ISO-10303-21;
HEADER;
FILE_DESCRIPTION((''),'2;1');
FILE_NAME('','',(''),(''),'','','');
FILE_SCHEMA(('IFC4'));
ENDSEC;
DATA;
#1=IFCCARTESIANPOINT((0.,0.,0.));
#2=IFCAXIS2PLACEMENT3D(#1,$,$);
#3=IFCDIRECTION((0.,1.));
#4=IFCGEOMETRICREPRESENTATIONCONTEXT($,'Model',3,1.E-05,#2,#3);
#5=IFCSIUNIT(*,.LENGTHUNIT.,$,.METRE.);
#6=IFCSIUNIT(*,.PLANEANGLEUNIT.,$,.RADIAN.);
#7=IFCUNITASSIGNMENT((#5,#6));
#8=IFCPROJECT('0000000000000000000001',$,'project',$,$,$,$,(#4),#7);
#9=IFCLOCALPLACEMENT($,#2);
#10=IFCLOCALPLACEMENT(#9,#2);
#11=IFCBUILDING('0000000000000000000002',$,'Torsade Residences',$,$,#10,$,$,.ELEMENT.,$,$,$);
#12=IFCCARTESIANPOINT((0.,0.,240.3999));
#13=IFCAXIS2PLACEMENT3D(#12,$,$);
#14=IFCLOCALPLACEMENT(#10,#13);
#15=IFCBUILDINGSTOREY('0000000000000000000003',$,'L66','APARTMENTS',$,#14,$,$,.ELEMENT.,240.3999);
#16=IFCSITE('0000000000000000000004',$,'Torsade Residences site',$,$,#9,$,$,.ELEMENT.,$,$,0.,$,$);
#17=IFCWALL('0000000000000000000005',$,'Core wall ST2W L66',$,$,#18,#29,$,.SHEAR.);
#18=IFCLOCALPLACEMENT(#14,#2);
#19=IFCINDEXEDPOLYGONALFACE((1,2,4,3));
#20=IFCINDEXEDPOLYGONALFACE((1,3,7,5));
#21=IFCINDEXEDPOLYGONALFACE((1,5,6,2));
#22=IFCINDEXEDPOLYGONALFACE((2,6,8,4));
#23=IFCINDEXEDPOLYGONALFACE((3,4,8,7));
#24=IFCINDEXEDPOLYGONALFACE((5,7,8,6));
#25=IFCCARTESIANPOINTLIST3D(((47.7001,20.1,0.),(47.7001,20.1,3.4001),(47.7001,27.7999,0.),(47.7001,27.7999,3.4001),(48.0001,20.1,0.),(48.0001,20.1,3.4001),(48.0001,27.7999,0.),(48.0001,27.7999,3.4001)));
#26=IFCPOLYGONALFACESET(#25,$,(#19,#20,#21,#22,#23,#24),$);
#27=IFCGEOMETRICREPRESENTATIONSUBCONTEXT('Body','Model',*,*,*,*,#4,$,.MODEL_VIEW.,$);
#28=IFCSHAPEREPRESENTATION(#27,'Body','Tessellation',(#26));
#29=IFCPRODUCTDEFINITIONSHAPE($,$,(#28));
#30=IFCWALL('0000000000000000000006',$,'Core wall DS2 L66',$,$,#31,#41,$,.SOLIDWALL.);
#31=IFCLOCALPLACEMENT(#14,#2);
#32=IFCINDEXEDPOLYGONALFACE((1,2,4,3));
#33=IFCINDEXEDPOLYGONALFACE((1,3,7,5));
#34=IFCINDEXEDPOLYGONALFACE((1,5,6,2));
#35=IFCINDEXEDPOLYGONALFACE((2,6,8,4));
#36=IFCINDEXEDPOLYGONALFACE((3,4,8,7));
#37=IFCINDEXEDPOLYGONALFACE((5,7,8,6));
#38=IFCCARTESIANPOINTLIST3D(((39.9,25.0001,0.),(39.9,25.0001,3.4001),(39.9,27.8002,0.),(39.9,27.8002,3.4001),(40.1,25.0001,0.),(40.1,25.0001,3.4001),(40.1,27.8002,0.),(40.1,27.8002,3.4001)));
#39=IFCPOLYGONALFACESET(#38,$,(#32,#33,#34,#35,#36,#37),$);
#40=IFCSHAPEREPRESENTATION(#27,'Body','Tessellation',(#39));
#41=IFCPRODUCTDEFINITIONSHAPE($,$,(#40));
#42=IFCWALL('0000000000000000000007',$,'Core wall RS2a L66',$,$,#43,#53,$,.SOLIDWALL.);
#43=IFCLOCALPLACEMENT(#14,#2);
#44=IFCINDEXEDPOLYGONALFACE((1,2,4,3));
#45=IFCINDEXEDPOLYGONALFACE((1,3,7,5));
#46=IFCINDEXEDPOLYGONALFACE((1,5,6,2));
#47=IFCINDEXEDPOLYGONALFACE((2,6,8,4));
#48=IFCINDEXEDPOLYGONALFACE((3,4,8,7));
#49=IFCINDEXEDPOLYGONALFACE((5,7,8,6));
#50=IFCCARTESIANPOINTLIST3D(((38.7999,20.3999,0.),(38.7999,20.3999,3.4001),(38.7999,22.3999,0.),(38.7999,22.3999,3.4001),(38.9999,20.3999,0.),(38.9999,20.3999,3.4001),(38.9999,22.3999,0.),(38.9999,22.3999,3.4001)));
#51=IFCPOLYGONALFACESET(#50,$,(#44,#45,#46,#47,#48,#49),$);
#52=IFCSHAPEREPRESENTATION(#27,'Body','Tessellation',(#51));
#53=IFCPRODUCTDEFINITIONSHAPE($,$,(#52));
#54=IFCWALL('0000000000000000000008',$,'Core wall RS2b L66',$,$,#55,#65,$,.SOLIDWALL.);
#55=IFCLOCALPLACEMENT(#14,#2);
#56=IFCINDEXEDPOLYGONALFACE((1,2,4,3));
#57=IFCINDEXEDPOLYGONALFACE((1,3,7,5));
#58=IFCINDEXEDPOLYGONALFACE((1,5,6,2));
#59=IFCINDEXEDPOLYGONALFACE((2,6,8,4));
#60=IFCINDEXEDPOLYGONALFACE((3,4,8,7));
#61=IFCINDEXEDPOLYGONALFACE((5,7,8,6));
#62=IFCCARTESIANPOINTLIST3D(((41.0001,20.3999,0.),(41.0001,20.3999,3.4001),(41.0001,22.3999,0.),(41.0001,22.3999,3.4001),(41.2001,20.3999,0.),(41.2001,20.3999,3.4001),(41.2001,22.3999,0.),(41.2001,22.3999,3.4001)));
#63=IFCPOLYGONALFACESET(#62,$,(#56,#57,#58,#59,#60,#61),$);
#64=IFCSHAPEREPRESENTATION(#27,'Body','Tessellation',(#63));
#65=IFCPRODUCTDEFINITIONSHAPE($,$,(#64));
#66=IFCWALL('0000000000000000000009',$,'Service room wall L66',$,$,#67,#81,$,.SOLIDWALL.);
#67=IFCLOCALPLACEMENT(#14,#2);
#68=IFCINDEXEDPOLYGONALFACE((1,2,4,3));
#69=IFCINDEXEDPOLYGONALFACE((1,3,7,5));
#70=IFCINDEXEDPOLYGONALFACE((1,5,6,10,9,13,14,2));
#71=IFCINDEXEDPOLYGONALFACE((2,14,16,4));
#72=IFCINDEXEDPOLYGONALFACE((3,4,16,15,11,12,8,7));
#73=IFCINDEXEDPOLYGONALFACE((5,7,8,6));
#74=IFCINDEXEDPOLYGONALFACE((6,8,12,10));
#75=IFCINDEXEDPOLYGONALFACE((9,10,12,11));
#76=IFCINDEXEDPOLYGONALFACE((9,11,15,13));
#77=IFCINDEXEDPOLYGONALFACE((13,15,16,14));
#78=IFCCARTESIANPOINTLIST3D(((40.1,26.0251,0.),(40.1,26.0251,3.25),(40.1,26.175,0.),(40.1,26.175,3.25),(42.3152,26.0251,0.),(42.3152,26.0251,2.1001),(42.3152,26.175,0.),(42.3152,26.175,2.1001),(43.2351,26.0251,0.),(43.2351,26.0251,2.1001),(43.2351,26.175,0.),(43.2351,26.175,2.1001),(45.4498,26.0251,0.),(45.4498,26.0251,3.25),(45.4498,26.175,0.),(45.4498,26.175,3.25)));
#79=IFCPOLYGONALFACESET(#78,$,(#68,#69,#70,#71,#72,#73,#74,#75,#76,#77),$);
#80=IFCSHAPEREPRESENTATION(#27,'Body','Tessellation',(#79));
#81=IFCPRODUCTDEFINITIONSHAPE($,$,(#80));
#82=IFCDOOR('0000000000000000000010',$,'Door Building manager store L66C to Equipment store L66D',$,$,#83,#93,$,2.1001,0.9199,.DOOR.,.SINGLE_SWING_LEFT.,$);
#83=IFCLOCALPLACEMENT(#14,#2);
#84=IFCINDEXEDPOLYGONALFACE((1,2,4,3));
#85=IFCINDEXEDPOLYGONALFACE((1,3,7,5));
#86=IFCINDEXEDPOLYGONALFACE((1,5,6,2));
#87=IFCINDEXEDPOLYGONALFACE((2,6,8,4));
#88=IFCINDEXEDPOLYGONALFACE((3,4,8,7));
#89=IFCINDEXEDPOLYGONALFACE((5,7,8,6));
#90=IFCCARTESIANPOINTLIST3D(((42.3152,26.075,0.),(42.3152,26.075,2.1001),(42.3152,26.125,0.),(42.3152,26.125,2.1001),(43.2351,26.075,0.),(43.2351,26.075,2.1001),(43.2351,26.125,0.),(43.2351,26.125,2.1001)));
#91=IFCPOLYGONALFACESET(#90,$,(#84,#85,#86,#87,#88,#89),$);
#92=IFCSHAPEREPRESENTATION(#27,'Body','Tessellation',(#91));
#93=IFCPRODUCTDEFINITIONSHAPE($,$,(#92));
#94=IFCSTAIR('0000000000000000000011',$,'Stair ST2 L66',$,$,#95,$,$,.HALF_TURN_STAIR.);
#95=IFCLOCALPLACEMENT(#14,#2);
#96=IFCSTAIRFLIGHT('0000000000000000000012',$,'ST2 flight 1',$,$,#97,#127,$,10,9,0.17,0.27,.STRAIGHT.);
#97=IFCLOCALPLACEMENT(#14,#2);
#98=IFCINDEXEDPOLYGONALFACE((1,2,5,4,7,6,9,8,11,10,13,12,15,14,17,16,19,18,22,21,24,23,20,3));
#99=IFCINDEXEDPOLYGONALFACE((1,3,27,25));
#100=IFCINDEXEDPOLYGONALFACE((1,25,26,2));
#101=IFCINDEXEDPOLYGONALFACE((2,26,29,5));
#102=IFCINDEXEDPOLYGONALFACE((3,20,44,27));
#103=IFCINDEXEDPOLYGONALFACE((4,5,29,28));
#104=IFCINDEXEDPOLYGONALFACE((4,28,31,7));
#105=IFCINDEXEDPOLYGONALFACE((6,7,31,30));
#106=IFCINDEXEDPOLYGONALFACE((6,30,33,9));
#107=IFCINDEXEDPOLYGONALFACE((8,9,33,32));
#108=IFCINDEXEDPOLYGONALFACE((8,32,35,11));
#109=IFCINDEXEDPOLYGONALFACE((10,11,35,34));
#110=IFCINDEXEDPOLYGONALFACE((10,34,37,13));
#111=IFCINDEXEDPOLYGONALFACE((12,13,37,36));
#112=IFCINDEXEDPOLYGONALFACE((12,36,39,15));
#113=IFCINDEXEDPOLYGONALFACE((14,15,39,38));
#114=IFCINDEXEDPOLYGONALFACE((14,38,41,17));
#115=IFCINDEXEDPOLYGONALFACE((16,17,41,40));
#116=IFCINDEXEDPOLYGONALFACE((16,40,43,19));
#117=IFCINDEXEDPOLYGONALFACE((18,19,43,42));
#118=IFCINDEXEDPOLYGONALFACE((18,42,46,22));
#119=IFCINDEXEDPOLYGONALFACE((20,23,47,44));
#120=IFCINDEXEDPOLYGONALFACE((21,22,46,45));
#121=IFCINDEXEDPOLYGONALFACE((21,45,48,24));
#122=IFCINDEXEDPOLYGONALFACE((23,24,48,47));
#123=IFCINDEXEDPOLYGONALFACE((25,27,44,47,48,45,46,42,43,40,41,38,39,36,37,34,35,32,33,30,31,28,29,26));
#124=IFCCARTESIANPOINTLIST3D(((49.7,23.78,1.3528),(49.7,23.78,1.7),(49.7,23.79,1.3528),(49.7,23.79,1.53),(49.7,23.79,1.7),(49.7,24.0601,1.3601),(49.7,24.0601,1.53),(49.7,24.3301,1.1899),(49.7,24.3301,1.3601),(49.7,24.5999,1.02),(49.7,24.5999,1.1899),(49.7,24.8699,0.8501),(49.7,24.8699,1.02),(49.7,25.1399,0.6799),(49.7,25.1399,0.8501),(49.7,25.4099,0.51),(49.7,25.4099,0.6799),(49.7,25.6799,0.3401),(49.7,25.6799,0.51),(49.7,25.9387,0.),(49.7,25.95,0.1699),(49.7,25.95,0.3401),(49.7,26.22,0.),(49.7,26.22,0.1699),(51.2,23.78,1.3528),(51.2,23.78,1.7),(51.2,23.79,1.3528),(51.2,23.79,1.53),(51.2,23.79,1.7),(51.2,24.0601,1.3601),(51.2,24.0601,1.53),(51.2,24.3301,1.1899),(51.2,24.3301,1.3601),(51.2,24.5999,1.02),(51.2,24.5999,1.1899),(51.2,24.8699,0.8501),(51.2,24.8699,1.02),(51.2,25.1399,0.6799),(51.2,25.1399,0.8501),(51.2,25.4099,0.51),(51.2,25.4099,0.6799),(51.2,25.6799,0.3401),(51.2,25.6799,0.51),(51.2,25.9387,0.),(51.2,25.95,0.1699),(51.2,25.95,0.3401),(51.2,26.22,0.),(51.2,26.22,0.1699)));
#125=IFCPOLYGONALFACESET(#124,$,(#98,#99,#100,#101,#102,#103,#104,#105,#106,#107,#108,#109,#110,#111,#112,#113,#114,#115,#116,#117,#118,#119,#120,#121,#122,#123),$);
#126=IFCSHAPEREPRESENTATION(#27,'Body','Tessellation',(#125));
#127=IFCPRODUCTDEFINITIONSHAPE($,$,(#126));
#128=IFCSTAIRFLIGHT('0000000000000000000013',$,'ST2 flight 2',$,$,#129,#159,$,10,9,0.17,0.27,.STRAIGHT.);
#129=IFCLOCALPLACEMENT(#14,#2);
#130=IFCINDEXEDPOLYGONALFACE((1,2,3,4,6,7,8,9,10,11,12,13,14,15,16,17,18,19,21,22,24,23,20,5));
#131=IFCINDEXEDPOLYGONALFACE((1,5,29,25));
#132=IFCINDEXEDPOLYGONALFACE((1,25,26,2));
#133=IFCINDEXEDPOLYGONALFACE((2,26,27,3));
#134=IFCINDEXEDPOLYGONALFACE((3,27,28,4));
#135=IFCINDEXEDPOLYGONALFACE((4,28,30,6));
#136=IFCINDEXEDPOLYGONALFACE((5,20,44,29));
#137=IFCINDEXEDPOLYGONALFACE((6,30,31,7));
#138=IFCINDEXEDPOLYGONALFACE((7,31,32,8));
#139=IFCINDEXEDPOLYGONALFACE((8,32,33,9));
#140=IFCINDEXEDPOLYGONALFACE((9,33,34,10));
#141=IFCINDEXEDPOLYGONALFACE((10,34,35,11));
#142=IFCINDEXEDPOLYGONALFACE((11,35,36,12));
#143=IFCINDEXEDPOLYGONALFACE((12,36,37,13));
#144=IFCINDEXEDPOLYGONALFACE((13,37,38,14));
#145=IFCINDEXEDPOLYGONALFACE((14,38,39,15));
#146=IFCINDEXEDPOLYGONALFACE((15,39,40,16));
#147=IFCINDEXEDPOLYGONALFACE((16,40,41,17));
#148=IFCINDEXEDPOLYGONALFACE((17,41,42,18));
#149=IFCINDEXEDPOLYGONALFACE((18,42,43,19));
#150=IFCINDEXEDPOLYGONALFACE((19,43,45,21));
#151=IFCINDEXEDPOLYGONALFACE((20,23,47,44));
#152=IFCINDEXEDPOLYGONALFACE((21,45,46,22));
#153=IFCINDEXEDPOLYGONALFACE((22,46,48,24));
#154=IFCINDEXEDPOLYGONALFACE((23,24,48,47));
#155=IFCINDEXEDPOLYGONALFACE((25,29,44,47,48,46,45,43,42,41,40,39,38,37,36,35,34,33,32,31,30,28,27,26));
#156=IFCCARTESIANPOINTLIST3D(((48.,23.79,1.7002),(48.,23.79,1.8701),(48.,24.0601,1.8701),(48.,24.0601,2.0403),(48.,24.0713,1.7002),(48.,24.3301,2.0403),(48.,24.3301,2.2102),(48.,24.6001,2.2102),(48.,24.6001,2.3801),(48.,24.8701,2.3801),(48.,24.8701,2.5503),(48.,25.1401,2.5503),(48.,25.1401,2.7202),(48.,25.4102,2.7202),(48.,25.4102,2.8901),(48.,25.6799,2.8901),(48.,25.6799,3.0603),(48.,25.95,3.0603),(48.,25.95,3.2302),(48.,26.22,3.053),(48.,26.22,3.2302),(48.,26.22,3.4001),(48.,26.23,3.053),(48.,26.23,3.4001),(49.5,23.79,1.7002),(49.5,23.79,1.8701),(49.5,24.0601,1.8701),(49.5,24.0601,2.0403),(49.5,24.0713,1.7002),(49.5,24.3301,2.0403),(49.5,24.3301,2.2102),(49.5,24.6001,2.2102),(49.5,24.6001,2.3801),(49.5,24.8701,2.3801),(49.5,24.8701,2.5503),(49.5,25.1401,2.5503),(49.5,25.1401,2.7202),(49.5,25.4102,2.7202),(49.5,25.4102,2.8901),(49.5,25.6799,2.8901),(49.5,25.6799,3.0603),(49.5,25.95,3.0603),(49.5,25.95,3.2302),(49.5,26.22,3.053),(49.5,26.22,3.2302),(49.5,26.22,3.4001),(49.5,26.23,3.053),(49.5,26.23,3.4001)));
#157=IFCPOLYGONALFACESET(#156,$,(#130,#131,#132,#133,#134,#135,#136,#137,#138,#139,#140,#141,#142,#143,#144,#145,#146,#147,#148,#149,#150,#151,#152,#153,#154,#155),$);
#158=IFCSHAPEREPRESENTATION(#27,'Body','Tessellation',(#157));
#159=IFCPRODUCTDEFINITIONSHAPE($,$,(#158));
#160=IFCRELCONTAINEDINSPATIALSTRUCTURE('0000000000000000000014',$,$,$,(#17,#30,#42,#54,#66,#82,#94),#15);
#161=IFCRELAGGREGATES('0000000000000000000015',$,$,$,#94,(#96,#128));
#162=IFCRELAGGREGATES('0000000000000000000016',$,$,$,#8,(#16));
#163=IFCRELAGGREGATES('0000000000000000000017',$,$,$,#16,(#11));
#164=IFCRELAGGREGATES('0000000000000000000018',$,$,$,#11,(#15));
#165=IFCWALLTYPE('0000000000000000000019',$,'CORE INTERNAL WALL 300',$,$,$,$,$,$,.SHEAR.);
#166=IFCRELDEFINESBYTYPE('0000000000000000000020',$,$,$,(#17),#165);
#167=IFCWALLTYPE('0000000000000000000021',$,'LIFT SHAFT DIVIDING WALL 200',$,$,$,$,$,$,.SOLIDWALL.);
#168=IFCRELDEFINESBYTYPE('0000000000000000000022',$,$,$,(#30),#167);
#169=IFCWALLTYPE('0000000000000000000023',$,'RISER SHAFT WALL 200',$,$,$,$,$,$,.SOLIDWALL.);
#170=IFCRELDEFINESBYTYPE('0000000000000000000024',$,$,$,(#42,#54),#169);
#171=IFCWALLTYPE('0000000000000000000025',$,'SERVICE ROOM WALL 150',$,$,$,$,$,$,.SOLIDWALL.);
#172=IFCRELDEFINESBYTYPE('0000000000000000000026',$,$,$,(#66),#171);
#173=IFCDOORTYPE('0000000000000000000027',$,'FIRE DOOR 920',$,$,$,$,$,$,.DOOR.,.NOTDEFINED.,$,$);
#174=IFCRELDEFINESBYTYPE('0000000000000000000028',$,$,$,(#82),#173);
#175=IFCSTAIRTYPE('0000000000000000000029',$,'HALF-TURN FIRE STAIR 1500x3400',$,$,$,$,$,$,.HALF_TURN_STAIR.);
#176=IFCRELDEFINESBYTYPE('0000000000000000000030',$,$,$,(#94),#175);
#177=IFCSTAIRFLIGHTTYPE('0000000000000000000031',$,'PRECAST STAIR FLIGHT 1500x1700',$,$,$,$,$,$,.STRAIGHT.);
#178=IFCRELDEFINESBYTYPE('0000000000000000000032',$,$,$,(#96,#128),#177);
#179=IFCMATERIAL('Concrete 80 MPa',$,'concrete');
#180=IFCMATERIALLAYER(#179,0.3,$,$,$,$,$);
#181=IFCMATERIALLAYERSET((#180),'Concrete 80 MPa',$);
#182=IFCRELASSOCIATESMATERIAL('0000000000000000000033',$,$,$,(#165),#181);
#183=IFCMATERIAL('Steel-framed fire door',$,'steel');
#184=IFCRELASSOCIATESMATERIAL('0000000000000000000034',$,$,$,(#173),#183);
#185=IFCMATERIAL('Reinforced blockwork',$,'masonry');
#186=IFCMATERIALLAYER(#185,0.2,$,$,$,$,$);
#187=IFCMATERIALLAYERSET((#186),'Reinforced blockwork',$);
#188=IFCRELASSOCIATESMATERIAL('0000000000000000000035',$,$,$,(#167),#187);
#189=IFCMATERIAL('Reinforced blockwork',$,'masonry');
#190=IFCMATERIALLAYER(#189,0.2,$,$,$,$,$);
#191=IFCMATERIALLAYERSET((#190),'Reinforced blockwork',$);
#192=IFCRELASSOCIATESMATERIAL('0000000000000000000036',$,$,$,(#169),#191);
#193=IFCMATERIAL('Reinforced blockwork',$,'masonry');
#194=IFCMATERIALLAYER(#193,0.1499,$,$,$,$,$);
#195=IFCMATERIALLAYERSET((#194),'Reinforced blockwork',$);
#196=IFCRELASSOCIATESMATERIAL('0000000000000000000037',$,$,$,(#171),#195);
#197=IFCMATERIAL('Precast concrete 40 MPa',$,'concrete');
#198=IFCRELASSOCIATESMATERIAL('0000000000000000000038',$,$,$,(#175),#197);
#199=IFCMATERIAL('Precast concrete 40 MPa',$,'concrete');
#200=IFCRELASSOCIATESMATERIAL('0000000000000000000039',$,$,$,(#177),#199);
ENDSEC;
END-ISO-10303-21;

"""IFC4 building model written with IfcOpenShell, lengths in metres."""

from ifc_helpers import new_model, si_unit, direction, frame, frame_2d, origin, place, context, subcontext, project, spatial, polyline, rectangle, outline, extrude, material, layer, layer_set, type_object, element, fill, aggregate, save


model = new_model("IFC4")

# Units and contexts
model_context = context("Model", 3, precision=1e-05, world=origin(), true_north=direction((0.0, 1.0)))
body_context = subcontext(model_context, "Body", "Model", "MODEL_VIEW")
ifc_project = project(units=[si_unit("LENGTHUNIT", "METRE"), si_unit("PLANEANGLEUNIT", "RADIAN")], contexts=[model_context])

# Site, building, storey
site_placement = place(None, origin())
site = spatial("IfcSite", under=ifc_project, at=site_placement, Name="Torsade Residences site", CompositionType="ELEMENT", RefElevation=0.0)
building_placement = place(site_placement, origin())
building = spatial("IfcBuilding", under=site, at=building_placement, Name="Torsade Residences", CompositionType="ELEMENT")
storey_placement = place(building_placement, frame((0.0, 0.0, 240.3999)))
storey = spatial("IfcBuildingStorey", under=building, at=storey_placement, Name="L66", Description="APARTMENTS", CompositionType="ELEMENT", Elevation=240.3999)

# Shared definitions
ifc_material_1 = material(Name="Concrete 80 MPa", Category="concrete")
ifc_layer_1 = layer(ifc_material_1, 0.3)
ifc_layer_set_1 = layer_set([ifc_layer_1], Name="Concrete 80 MPa")
wall_type_1 = type_object("IfcWallType", Name="CORE INTERNAL WALL 300", PredefinedType="SHEAR", material=ifc_layer_set_1)
ifc_material_2 = material(Name="Steel-framed fire door", Category="steel")
door_type_1 = type_object("IfcDoorType", Name="FIRE DOOR 920", OperationType="NOTDEFINED", PredefinedType="DOOR", material=ifc_material_2)

# Walls
wall_1_placement = place(storey_placement, frame((47.8501, 27.8, 0.0), z_axis=(0.0, 0.0, 1.0), x_axis=(0.0, -1.0, 0.0)))
element("IfcWall", 1, at=wall_1_placement, inside=storey, type_object=wall_type_1, Name="Core wall ST2W L66", PredefinedType="SHEAR", context=body_context, shape_type="SweptSolid", body=[
    extrude(rectangle(XDim=7.7, YDim=0.3, at=frame_2d((3.8501, 0.0))), origin(), (0.0, 0.0, 1.0), 3.4001),
])
ifc_material_3 = material(Name="Reinforced blockwork", Category="masonry")
ifc_layer_2 = layer(ifc_material_3, 0.2)
ifc_layer_set_2 = layer_set([ifc_layer_2], Name="Reinforced blockwork")
wall_type_2 = type_object("IfcWallType", Name="LIFT SHAFT DIVIDING WALL 200", PredefinedType="SOLIDWALL", material=ifc_layer_set_2)
wall_2_placement = place(storey_placement, frame((40.0, 27.8, 0.0), z_axis=(0.0, 0.0, 1.0), x_axis=(0.0, -1.0, 0.0)))
element("IfcWall", 2, at=wall_2_placement, inside=storey, type_object=wall_type_2, Name="Core wall DS2 L66", PredefinedType="SOLIDWALL", context=body_context, shape_type="SweptSolid", body=[
    extrude(rectangle(XDim=2.8, YDim=0.2, at=frame_2d((1.3999, 0.0))), origin(), (0.0, 0.0, 1.0), 3.4001),
])
ifc_material_4 = material(Name="Reinforced blockwork", Category="masonry")
ifc_layer_3 = layer(ifc_material_4, 0.2)
ifc_layer_set_3 = layer_set([ifc_layer_3], Name="Reinforced blockwork")
wall_type_3 = type_object("IfcWallType", Name="RISER SHAFT WALL 200", PredefinedType="SOLIDWALL", material=ifc_layer_set_3)
for number, where, z_axis, x_axis, name in (
    (3, (38.8999, 22.3999, 0.0), (0.0, 0.0, 1.0), (0.0, -1.0, 0.0), "Core wall RS2a L66"),
    (4, (41.1001, 22.3999, 0.0), (0.0, 0.0, 1.0), (0.0, -1.0, 0.0), "Core wall RS2b L66"),
):
    element("IfcWall", number, at=place(storey_placement, frame(where, z_axis=z_axis, x_axis=x_axis)), inside=storey, type_object=wall_type_3, Name=name, PredefinedType="SOLIDWALL", context=body_context, shape_type="SweptSolid", body=[
        extrude(rectangle(XDim=2.0, YDim=0.2, at=frame_2d((1.0, 0.0))), origin(), (0.0, 0.0, 1.0), 3.4001),
    ])

# Wall, opening, door
ifc_material_5 = material(Name="Reinforced blockwork", Category="masonry")
ifc_layer_4 = layer(ifc_material_5, 0.1499)
ifc_layer_set_4 = layer_set([ifc_layer_4], Name="Reinforced blockwork")
wall_type_4 = type_object("IfcWallType", Name="SERVICE ROOM WALL 150", PredefinedType="SOLIDWALL", material=ifc_layer_set_4)
wall_3_placement = place(storey_placement, frame((40.1001, 26.1001, 0.0), z_axis=(0.0, 0.0, 1.0), x_axis=(1.0, 0.0, 0.0)))
wall_3 = element("IfcWall", 5, at=wall_3_placement, inside=storey, type_object=wall_type_4, Name="Service room wall L66", PredefinedType="SOLIDWALL", context=body_context, shape_type="SweptSolid", body=[
    extrude(rectangle(XDim=5.3499, YDim=0.1499, at=frame_2d((2.6748, 0.0))), origin(), (0.0, 0.0, 1.0), 3.25),
])
opening_1_placement = place(wall_3_placement, frame((2.2151, 0.0, 0.0)))
opening_1 = element("IfcOpeningElement", 6, at=opening_1_placement, cuts=wall_3, PredefinedType="OPENING", context=body_context, shape_type="SweptSolid", body=[
    extrude(rectangle(XDim=0.9199, YDim=2.1001, at=frame_2d((0.46, 1.05))), frame((0.0, 0.085, 0.0), z_axis=(0.0, -1.0, 0.0), x_axis=(1.0, 0.0, 0.0)), (0.0, 0.0, 1.0), 0.1699),
])
door_1_placement = place(opening_1_placement, origin())
door_1 = element("IfcDoor", 7, at=door_1_placement, inside=storey, type_object=door_type_1, Name="Door Building manager store L66C to Equipment store L66D", OperationType="SINGLE_SWING_LEFT", OverallHeight=2.1001, OverallWidth=0.9199, PredefinedType="DOOR", context=body_context, shape_type="SweptSolid", body=[
    extrude(rectangle(XDim=0.9199, YDim=2.1001, at=frame_2d((0.46, 1.05))), frame((0.0, 0.0249, 0.0), z_axis=(0.0, -1.0, 0.0), x_axis=(1.0, 0.0, 0.0)), (0.0, 0.0, 1.0), 0.05),
])
fill(opening_1, door_1)

# Stair, stair flights
ifc_material_6 = material(Name="Precast concrete 40 MPa", Category="concrete")
stair_type = type_object("IfcStairType", Name="HALF-TURN FIRE STAIR 1500x3400", PredefinedType="HALF_TURN_STAIR", material=ifc_material_6)
stair_placement = place(storey_placement, origin())
stair = element("IfcStair", 8, at=stair_placement, inside=storey, type_object=stair_type, Name="Stair ST2 L66", PredefinedType="HALF_TURN_STAIR")
ifc_material_7 = material(Name="Precast concrete 40 MPa", Category="concrete")
stair_flight_type = type_object("IfcStairFlightType", Name="PRECAST STAIR FLIGHT 1500x1700", PredefinedType="STRAIGHT", material=ifc_material_7)
stair_flight_1_placement = place(storey_placement, frame((50.45, 26.22, 0.0), z_axis=(0.0, 0.0, 1.0), x_axis=(0.0, -1.0, 0.0)))
stair_flight_1 = element("IfcStairFlight", 9, at=stair_flight_1_placement, type_object=stair_flight_type, Name="ST2 flight 1", NumberOfRisers=10, NumberOfTreads=9, PredefinedType="STRAIGHT", RiserHeight=0.17, TreadLength=0.27, context=body_context, shape_type="SweptSolid", body=[
    extrude(outline(polyline([(0.0, 0.0), (0.0, 0.1699), (0.27, 0.1699), (0.27, 0.3401), (0.54, 0.3401), (0.54, 0.51), (0.8101, 0.51), (0.8101, 0.6799), (1.0801, 0.6799), (1.0801, 0.8501), (1.3501, 0.8501), (1.3501, 1.02), (1.6201, 1.02), (1.6201, 1.1899), (1.8899, 1.1899), (1.8899, 1.3601), (2.1599, 1.3601), (2.1599, 1.53), (2.4299, 1.53), (2.4299, 1.7), (2.4399, 1.7), (2.4399, 1.3528), (2.4299, 1.3528), (0.2812, 0.0), (0.0, 0.0)])), frame((0.0, 0.75, 0.0), z_axis=(0.0, -1.0, 0.0), x_axis=(1.0, 0.0, 0.0)), (0.0, 0.0, 1.0), 1.5),
])
stair_flight_2_placement = place(storey_placement, frame((48.75, 23.79, 1.7002), z_axis=(0.0, 0.0, 1.0), x_axis=(0.0, 1.0, 0.0)))
stair_flight_2 = element("IfcStairFlight", 10, at=stair_flight_2_placement, type_object=stair_flight_type, Name="ST2 flight 2", NumberOfRisers=10, NumberOfTreads=9, PredefinedType="STRAIGHT", RiserHeight=0.17, TreadLength=0.27, context=body_context, shape_type="SweptSolid", body=[
    extrude(outline(polyline([(0.0, 0.0), (0.0, 0.1699), (0.27, 0.1699), (0.27, 0.3401), (0.54, 0.3401), (0.54, 0.51), (0.8101, 0.51), (0.8101, 0.6799), (1.0801, 0.6799), (1.0801, 0.8501), (1.3501, 0.8501), (1.3501, 1.02), (1.6201, 1.02), (1.6201, 1.1899), (1.8899, 1.1899), (1.8899, 1.3601), (2.1599, 1.3601), (2.1599, 1.53), (2.4299, 1.53), (2.4299, 1.7), (2.4399, 1.7), (2.4399, 1.3528), (2.4299, 1.3528), (0.2812, 0.0), (0.0, 0.0)])), frame((0.0, 0.75, 0.0), z_axis=(0.0, -1.0, 0.0), x_axis=(1.0, 0.0, 0.0)), (0.0, 0.0, 1.0), 1.5),
])
aggregate(stair, [stair_flight_1, stair_flight_2])

save(model, "model.ifc")
